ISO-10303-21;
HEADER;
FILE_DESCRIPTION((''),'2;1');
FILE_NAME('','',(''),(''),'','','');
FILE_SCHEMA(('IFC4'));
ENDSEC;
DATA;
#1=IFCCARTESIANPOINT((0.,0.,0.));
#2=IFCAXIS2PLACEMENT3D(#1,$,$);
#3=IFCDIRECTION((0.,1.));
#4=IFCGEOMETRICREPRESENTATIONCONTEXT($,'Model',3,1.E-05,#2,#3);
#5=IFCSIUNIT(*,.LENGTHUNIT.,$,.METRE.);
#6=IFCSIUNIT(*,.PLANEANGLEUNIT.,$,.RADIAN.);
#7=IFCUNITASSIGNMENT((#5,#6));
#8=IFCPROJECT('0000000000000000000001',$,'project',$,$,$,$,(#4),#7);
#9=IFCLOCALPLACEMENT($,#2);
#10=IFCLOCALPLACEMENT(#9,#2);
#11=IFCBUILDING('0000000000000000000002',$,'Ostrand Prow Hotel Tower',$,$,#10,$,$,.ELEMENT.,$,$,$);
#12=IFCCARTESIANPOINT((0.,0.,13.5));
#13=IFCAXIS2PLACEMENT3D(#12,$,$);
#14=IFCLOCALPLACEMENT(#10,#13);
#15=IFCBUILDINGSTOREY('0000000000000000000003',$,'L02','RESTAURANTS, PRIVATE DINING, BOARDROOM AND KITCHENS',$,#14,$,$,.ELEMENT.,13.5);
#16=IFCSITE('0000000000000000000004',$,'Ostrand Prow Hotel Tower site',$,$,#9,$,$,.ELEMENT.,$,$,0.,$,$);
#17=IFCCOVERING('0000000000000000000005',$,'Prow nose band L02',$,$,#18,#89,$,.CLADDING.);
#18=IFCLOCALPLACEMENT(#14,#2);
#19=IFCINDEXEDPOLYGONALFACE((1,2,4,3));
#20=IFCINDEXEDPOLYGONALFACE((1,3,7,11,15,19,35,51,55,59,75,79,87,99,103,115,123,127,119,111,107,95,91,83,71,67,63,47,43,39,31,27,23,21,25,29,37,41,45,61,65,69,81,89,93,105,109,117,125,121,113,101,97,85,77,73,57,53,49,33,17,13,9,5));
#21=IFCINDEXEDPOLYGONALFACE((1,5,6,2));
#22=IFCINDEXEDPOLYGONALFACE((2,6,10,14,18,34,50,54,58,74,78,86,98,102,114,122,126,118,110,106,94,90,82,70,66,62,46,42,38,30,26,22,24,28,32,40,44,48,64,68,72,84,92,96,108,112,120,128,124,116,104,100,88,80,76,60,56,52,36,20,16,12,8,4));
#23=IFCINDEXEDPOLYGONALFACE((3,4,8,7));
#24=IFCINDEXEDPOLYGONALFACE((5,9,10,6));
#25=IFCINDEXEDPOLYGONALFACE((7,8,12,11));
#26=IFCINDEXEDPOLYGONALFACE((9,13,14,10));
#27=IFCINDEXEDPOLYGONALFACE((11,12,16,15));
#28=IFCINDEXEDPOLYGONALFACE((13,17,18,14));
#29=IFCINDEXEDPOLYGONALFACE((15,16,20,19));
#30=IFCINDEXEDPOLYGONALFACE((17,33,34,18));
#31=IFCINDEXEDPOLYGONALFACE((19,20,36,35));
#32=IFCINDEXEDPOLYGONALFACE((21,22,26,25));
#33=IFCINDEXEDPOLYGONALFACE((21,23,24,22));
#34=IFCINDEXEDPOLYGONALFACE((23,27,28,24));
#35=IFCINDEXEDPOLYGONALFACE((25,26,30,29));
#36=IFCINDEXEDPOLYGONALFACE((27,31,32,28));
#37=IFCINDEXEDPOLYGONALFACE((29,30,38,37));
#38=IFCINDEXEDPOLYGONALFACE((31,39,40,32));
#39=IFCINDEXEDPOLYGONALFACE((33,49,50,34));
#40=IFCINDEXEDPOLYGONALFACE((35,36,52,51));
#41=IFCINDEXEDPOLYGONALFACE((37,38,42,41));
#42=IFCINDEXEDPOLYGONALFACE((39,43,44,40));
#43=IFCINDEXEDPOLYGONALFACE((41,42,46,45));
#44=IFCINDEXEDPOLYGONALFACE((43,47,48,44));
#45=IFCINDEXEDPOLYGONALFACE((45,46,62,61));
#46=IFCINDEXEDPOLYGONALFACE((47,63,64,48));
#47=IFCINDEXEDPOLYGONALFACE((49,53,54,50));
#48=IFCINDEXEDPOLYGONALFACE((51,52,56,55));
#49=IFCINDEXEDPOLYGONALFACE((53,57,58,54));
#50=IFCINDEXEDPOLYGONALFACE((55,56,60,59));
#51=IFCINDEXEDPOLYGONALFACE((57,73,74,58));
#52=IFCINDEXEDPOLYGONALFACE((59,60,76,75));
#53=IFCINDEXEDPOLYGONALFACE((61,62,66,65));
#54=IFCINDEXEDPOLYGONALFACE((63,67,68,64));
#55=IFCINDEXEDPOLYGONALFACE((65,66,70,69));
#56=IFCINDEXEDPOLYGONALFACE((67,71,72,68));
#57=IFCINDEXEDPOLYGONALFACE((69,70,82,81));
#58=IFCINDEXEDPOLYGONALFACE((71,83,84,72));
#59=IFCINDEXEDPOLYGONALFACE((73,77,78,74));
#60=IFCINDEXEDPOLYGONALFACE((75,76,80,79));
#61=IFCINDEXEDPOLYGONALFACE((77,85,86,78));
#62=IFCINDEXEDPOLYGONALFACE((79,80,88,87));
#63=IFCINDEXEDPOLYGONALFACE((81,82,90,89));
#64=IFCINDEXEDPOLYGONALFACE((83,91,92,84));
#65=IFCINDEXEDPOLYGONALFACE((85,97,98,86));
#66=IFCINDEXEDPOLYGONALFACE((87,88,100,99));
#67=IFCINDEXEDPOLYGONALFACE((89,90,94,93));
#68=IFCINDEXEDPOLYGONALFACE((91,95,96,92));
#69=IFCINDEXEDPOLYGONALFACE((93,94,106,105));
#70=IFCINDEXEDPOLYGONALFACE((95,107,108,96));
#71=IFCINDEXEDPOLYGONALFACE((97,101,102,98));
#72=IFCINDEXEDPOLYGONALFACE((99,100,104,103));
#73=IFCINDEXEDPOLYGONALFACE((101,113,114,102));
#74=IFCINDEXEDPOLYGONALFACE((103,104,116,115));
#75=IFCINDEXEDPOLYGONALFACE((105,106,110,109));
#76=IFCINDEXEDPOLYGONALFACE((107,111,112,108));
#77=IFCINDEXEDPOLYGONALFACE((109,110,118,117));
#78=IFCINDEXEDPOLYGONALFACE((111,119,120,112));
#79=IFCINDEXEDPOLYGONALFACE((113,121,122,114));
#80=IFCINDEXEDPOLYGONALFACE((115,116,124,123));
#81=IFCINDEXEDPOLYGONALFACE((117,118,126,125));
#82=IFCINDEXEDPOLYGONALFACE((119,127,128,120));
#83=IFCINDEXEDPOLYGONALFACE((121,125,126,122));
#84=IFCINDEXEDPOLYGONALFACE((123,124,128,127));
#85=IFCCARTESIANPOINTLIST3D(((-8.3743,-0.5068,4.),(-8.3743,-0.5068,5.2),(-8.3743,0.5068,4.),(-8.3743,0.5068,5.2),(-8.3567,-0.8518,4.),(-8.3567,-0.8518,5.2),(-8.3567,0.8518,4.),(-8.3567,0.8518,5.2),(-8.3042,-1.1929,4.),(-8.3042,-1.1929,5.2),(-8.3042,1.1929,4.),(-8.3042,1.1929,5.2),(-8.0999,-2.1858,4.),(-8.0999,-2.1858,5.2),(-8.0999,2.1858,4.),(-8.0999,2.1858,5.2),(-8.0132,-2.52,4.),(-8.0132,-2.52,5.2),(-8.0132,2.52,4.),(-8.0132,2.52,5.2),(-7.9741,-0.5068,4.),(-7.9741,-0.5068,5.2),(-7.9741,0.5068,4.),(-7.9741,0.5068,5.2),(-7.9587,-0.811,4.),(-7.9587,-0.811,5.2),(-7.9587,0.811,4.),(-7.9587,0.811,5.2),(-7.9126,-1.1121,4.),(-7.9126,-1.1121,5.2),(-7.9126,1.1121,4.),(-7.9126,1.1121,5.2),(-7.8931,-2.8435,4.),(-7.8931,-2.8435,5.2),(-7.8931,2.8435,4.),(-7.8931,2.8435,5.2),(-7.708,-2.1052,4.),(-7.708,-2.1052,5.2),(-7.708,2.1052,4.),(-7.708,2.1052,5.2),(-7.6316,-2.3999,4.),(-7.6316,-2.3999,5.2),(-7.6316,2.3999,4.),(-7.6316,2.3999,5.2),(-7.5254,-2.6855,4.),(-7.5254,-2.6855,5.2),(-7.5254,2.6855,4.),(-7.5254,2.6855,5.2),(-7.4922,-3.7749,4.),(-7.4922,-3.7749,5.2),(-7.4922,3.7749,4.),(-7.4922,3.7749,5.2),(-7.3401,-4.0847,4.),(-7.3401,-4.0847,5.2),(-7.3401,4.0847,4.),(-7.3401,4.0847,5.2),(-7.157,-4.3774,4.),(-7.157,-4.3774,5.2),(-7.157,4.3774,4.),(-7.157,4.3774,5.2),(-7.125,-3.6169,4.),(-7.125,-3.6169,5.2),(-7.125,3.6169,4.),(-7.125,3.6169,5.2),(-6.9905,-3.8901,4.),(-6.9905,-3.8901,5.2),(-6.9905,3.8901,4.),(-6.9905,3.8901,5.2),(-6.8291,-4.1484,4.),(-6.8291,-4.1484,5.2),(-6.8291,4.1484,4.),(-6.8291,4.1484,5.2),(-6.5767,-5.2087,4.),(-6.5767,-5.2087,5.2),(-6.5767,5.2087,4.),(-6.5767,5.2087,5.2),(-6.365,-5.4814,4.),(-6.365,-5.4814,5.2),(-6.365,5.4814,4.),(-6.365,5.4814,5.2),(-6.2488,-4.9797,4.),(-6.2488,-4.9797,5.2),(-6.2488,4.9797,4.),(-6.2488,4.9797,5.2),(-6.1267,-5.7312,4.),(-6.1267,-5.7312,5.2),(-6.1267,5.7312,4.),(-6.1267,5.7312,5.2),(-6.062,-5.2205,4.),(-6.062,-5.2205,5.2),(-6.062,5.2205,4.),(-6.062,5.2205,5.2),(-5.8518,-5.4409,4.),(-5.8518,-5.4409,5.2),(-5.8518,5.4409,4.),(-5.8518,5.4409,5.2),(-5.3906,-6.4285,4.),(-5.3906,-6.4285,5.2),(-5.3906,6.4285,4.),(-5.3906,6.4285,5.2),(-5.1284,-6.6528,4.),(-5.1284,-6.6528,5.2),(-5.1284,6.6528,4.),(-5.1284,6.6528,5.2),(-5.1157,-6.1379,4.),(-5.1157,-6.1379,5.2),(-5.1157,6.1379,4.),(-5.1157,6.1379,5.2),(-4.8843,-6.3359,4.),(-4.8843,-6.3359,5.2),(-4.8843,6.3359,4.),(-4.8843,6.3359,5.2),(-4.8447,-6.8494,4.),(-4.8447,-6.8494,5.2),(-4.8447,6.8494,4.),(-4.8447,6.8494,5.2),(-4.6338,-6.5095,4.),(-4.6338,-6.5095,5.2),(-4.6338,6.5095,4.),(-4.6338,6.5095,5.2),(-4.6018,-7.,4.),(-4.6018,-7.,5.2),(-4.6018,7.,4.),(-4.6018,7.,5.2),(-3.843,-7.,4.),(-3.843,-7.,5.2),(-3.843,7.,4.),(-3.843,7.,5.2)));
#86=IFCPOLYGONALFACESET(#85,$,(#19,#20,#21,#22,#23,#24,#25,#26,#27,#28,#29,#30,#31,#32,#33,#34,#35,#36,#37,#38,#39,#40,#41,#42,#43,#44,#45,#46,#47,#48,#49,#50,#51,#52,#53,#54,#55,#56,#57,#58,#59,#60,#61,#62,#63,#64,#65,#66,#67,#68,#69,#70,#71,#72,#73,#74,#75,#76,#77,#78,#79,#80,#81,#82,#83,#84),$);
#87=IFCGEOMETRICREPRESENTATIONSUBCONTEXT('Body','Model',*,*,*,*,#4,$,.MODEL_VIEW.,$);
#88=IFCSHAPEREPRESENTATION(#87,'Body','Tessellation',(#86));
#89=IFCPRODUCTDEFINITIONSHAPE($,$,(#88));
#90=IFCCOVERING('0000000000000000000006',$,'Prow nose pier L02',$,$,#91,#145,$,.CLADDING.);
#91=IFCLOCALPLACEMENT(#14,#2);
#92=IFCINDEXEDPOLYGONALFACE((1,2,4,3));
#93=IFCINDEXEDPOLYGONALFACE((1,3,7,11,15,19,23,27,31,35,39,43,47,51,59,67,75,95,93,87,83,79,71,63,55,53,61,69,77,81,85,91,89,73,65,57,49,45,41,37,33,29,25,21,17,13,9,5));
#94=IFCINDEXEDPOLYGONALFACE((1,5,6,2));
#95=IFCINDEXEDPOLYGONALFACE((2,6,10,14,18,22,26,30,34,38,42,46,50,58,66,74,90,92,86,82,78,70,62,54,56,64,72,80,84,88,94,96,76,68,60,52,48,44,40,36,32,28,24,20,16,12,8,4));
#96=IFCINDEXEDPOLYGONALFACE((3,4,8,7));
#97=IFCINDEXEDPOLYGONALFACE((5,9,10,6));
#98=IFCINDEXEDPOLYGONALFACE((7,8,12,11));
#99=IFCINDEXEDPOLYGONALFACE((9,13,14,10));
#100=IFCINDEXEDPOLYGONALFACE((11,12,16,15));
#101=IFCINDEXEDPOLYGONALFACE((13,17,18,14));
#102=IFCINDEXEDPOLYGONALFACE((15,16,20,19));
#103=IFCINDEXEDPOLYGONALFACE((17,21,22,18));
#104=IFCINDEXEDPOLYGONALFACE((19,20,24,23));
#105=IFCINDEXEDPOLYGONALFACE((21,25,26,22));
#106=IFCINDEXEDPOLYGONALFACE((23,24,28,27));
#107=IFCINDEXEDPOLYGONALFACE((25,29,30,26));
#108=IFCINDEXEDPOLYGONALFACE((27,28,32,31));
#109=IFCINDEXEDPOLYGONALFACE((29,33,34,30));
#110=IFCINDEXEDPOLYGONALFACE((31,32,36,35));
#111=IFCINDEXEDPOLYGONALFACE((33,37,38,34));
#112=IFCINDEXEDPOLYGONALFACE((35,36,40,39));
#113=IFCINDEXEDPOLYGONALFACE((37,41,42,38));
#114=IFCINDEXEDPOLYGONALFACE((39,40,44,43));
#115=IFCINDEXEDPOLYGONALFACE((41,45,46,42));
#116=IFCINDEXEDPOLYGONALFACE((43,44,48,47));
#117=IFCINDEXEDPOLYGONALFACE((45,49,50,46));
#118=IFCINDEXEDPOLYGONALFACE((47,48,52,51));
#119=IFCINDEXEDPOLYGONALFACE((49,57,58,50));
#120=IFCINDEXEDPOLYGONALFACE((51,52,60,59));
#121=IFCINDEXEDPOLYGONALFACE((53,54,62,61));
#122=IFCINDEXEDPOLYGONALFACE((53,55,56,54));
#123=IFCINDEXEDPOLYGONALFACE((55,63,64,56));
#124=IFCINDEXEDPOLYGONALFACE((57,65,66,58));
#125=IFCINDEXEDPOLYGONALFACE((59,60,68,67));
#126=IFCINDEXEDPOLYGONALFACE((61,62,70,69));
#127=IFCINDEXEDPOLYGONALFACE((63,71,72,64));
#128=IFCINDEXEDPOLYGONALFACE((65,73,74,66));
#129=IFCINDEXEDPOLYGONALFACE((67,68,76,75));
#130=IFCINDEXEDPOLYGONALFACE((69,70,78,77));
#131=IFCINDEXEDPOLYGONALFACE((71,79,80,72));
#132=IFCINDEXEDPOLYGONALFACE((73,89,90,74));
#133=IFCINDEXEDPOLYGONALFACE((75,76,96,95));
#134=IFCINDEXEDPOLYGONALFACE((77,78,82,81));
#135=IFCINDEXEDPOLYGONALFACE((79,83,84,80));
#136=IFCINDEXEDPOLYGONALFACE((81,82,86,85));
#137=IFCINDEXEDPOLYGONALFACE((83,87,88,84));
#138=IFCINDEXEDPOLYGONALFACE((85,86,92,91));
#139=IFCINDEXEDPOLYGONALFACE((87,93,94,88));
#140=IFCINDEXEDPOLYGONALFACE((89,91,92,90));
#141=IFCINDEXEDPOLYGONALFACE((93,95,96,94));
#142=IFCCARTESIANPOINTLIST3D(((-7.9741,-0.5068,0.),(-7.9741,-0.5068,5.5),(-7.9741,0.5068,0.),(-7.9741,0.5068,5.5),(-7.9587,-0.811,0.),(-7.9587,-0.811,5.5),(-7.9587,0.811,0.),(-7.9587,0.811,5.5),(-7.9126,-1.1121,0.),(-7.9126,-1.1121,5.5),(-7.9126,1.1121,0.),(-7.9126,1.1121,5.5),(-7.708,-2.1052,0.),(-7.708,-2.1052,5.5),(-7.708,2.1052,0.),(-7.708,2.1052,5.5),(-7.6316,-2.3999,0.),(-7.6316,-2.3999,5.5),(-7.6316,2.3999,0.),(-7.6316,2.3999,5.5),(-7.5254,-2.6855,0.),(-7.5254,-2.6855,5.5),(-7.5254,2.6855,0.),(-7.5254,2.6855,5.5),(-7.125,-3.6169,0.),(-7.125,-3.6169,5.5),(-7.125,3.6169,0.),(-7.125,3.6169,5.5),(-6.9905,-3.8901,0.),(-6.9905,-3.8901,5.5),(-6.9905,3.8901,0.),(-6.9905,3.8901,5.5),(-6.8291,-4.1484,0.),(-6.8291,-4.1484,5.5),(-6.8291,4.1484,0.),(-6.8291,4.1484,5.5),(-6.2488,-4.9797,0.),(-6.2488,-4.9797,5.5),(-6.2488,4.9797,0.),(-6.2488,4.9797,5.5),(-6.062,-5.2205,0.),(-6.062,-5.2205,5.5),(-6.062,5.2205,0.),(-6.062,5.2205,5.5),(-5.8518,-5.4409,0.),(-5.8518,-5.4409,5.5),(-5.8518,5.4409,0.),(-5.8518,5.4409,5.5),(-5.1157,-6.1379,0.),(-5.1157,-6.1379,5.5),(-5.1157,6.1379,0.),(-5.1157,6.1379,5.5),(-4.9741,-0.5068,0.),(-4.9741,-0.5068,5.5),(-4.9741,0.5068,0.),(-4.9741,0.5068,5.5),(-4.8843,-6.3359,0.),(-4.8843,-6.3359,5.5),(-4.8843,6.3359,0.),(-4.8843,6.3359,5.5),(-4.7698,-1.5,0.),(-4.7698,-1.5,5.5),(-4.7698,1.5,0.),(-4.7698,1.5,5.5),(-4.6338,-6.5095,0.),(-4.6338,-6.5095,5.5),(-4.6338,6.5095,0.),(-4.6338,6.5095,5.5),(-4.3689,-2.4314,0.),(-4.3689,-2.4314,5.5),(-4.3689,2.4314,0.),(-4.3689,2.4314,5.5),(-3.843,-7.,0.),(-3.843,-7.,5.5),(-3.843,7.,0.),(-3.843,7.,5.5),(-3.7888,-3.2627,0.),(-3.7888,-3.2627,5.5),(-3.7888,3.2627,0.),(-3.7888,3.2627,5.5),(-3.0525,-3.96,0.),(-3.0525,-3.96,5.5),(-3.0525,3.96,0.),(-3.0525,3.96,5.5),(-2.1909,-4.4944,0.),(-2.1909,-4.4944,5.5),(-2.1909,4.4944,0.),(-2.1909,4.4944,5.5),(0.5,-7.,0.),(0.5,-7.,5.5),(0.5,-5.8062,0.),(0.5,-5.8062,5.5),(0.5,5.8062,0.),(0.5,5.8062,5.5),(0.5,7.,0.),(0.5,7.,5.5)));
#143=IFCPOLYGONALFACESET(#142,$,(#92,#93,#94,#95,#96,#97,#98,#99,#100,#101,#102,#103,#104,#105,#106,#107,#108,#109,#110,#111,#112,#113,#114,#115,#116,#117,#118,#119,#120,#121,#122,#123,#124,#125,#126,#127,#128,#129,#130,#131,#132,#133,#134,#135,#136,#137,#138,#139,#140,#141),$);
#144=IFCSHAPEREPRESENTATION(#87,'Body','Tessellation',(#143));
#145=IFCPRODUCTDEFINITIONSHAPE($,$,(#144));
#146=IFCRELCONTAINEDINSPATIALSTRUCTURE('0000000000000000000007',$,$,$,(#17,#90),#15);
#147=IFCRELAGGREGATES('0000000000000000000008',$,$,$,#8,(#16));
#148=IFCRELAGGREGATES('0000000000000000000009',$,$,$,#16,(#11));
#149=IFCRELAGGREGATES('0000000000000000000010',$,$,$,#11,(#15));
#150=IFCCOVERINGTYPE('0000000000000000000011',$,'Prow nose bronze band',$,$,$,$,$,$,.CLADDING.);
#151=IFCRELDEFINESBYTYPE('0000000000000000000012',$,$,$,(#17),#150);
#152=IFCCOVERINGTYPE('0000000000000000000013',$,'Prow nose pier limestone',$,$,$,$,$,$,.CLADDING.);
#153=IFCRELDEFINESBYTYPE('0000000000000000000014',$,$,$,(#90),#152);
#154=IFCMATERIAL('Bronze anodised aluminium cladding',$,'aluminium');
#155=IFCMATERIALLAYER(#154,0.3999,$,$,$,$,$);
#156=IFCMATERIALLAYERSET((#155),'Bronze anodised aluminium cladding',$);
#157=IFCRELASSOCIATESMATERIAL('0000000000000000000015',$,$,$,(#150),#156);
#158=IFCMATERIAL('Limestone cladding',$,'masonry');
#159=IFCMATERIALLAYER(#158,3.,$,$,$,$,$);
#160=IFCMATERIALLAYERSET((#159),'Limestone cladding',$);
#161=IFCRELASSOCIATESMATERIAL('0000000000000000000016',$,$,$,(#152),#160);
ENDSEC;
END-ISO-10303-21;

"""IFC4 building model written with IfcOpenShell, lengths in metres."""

from ifc_helpers import new_model, si_unit, direction, frame, origin, place, context, subcontext, project, spatial, polyline, outline, extrude, material, layer, layer_set, type_object, element, save


model = new_model("IFC4")

# Units and contexts
model_context = context("Model", 3, precision=1e-05, world=origin(), true_north=direction((0.0, 1.0)))
body_context = subcontext(model_context, "Body", "Model", "MODEL_VIEW")
ifc_project = project(units=[si_unit("LENGTHUNIT", "METRE"), si_unit("PLANEANGLEUNIT", "RADIAN")], contexts=[model_context])

# Site, building, storey
site_placement = place(None, origin())
site = spatial("IfcSite", under=ifc_project, at=site_placement, Name="Ostrand Prow Hotel Tower site", CompositionType="ELEMENT", RefElevation=0.0)
building_placement = place(site_placement, origin())
building = spatial("IfcBuilding", under=site, at=building_placement, Name="Ostrand Prow Hotel Tower", CompositionType="ELEMENT")
storey_placement = place(building_placement, frame((0.0, 0.0, 13.5)))
storey = spatial("IfcBuildingStorey", under=building, at=storey_placement, Name="L02", Description="RESTAURANTS, PRIVATE DINING, BOARDROOM AND KITCHENS", CompositionType="ELEMENT", Elevation=13.5)

# Coverings
ifc_material_1 = material(Name="Bronze anodised aluminium cladding", Category="aluminium")
ifc_layer_1 = layer(ifc_material_1, 0.3999)
ifc_layer_set_1 = layer_set([ifc_layer_1], Name="Bronze anodised aluminium cladding")
covering_type_1 = type_object("IfcCoveringType", Name="Prow nose bronze band", PredefinedType="CLADDING", material=ifc_layer_set_1)
covering_1_placement = place(storey_placement, frame((0.0, 0.0, 4.0)))
element("IfcCovering", 1, at=covering_1_placement, inside=storey, type_object=covering_type_1, Name="Prow nose band L02", PredefinedType="CLADDING", context=body_context, shape_type="SweptSolid", body=[
    extrude(outline(polyline([(-4.8447, -6.8494), (-4.6018, -7.0), (-3.843, -7.0), (-4.6338, -6.5095), (-4.8843, -6.3359), (-5.1157, -6.1379), (-5.8518, -5.4409), (-6.062, -5.2205), (-6.2488, -4.9797), (-6.8291, -4.1484), (-6.9905, -3.8901), (-7.125, -3.6169), (-7.5254, -2.6855), (-7.6316, -2.3999), (-7.708, -2.1052), (-7.9126, -1.1121), (-7.9587, -0.811), (-7.9741, -0.5068), (-7.9741, 0.5068), (-7.9587, 0.811), (-7.9126, 1.1121), (-7.708, 2.1052), (-7.6316, 2.3999), (-7.5254, 2.6855), (-7.125, 3.6169), (-6.9905, 3.8901), (-6.8291, 4.1484), (-6.2488, 4.9797), (-6.062, 5.2205), (-5.8518, 5.4409), (-5.1157, 6.1379), (-4.8843, 6.3359), (-4.6338, 6.5095), (-3.843, 7.0), (-4.6018, 7.0), (-4.8447, 6.8494), (-5.1284, 6.6528), (-5.3906, 6.4285), (-6.1267, 5.7312), (-6.365, 5.4814), (-6.5767, 5.2087), (-7.157, 4.3774), (-7.3401, 4.0847), (-7.4922, 3.7749), (-7.8931, 2.8435), (-8.0132, 2.52), (-8.0999, 2.1858), (-8.3042, 1.1929), (-8.3567, 0.8518), (-8.3743, 0.5068), (-8.3743, -0.5068), (-8.3567, -0.8518), (-8.3042, -1.1929), (-8.0999, -2.1858), (-8.0132, -2.52), (-7.8931, -2.8435), (-7.4922, -3.7749), (-7.3401, -4.0847), (-7.157, -4.3774), (-6.5767, -5.2087), (-6.365, -5.4814), (-6.1267, -5.7312), (-5.3906, -6.4285), (-5.1284, -6.6528), (-4.8447, -6.8494)])), origin(), (0.0, 0.0, 1.0), 1.2),
])
ifc_material_2 = material(Name="Limestone cladding", Category="masonry")
ifc_layer_2 = layer(ifc_material_2, 3.0)
ifc_layer_set_2 = layer_set([ifc_layer_2], Name="Limestone cladding")
covering_type_2 = type_object("IfcCoveringType", Name="Prow nose pier limestone", PredefinedType="CLADDING", material=ifc_layer_set_2)
covering_2_placement = place(storey_placement, origin())
element("IfcCovering", 2, at=covering_2_placement, inside=storey, type_object=covering_type_2, Name="Prow nose pier L02", PredefinedType="CLADDING", context=body_context, shape_type="SweptSolid", body=[
    extrude(outline(polyline([(-4.6338, -6.5095), (-3.843, -7.0), (0.5, -7.0), (0.5, -5.8062), (-2.1909, -4.4944), (-3.0525, -3.96), (-3.7888, -3.2627), (-4.3689, -2.4314), (-4.7698, -1.5), (-4.9741, -0.5068), (-4.9741, 0.5068), (-4.7698, 1.5), (-4.3689, 2.4314), (-3.7888, 3.2627), (-3.0525, 3.96), (-2.1909, 4.4944), (0.5, 5.8062), (0.5, 7.0), (-3.843, 7.0), (-4.6338, 6.5095), (-4.8843, 6.3359), (-5.1157, 6.1379), (-5.8518, 5.4409), (-6.062, 5.2205), (-6.2488, 4.9797), (-6.8291, 4.1484), (-6.9905, 3.8901), (-7.125, 3.6169), (-7.5254, 2.6855), (-7.6316, 2.3999), (-7.708, 2.1052), (-7.9126, 1.1121), (-7.9587, 0.811), (-7.9741, 0.5068), (-7.9741, -0.5068), (-7.9587, -0.811), (-7.9126, -1.1121), (-7.708, -2.1052), (-7.6316, -2.3999), (-7.5254, -2.6855), (-7.125, -3.6169), (-6.9905, -3.8901), (-6.8291, -4.1484), (-6.2488, -4.9797), (-6.062, -5.2205), (-5.8518, -5.4409), (-5.1157, -6.1379), (-4.8843, -6.3359), (-4.6338, -6.5095)])), origin(), (0.0, 0.0, 1.0), 5.5),
])

save(model, "model.ifc")
